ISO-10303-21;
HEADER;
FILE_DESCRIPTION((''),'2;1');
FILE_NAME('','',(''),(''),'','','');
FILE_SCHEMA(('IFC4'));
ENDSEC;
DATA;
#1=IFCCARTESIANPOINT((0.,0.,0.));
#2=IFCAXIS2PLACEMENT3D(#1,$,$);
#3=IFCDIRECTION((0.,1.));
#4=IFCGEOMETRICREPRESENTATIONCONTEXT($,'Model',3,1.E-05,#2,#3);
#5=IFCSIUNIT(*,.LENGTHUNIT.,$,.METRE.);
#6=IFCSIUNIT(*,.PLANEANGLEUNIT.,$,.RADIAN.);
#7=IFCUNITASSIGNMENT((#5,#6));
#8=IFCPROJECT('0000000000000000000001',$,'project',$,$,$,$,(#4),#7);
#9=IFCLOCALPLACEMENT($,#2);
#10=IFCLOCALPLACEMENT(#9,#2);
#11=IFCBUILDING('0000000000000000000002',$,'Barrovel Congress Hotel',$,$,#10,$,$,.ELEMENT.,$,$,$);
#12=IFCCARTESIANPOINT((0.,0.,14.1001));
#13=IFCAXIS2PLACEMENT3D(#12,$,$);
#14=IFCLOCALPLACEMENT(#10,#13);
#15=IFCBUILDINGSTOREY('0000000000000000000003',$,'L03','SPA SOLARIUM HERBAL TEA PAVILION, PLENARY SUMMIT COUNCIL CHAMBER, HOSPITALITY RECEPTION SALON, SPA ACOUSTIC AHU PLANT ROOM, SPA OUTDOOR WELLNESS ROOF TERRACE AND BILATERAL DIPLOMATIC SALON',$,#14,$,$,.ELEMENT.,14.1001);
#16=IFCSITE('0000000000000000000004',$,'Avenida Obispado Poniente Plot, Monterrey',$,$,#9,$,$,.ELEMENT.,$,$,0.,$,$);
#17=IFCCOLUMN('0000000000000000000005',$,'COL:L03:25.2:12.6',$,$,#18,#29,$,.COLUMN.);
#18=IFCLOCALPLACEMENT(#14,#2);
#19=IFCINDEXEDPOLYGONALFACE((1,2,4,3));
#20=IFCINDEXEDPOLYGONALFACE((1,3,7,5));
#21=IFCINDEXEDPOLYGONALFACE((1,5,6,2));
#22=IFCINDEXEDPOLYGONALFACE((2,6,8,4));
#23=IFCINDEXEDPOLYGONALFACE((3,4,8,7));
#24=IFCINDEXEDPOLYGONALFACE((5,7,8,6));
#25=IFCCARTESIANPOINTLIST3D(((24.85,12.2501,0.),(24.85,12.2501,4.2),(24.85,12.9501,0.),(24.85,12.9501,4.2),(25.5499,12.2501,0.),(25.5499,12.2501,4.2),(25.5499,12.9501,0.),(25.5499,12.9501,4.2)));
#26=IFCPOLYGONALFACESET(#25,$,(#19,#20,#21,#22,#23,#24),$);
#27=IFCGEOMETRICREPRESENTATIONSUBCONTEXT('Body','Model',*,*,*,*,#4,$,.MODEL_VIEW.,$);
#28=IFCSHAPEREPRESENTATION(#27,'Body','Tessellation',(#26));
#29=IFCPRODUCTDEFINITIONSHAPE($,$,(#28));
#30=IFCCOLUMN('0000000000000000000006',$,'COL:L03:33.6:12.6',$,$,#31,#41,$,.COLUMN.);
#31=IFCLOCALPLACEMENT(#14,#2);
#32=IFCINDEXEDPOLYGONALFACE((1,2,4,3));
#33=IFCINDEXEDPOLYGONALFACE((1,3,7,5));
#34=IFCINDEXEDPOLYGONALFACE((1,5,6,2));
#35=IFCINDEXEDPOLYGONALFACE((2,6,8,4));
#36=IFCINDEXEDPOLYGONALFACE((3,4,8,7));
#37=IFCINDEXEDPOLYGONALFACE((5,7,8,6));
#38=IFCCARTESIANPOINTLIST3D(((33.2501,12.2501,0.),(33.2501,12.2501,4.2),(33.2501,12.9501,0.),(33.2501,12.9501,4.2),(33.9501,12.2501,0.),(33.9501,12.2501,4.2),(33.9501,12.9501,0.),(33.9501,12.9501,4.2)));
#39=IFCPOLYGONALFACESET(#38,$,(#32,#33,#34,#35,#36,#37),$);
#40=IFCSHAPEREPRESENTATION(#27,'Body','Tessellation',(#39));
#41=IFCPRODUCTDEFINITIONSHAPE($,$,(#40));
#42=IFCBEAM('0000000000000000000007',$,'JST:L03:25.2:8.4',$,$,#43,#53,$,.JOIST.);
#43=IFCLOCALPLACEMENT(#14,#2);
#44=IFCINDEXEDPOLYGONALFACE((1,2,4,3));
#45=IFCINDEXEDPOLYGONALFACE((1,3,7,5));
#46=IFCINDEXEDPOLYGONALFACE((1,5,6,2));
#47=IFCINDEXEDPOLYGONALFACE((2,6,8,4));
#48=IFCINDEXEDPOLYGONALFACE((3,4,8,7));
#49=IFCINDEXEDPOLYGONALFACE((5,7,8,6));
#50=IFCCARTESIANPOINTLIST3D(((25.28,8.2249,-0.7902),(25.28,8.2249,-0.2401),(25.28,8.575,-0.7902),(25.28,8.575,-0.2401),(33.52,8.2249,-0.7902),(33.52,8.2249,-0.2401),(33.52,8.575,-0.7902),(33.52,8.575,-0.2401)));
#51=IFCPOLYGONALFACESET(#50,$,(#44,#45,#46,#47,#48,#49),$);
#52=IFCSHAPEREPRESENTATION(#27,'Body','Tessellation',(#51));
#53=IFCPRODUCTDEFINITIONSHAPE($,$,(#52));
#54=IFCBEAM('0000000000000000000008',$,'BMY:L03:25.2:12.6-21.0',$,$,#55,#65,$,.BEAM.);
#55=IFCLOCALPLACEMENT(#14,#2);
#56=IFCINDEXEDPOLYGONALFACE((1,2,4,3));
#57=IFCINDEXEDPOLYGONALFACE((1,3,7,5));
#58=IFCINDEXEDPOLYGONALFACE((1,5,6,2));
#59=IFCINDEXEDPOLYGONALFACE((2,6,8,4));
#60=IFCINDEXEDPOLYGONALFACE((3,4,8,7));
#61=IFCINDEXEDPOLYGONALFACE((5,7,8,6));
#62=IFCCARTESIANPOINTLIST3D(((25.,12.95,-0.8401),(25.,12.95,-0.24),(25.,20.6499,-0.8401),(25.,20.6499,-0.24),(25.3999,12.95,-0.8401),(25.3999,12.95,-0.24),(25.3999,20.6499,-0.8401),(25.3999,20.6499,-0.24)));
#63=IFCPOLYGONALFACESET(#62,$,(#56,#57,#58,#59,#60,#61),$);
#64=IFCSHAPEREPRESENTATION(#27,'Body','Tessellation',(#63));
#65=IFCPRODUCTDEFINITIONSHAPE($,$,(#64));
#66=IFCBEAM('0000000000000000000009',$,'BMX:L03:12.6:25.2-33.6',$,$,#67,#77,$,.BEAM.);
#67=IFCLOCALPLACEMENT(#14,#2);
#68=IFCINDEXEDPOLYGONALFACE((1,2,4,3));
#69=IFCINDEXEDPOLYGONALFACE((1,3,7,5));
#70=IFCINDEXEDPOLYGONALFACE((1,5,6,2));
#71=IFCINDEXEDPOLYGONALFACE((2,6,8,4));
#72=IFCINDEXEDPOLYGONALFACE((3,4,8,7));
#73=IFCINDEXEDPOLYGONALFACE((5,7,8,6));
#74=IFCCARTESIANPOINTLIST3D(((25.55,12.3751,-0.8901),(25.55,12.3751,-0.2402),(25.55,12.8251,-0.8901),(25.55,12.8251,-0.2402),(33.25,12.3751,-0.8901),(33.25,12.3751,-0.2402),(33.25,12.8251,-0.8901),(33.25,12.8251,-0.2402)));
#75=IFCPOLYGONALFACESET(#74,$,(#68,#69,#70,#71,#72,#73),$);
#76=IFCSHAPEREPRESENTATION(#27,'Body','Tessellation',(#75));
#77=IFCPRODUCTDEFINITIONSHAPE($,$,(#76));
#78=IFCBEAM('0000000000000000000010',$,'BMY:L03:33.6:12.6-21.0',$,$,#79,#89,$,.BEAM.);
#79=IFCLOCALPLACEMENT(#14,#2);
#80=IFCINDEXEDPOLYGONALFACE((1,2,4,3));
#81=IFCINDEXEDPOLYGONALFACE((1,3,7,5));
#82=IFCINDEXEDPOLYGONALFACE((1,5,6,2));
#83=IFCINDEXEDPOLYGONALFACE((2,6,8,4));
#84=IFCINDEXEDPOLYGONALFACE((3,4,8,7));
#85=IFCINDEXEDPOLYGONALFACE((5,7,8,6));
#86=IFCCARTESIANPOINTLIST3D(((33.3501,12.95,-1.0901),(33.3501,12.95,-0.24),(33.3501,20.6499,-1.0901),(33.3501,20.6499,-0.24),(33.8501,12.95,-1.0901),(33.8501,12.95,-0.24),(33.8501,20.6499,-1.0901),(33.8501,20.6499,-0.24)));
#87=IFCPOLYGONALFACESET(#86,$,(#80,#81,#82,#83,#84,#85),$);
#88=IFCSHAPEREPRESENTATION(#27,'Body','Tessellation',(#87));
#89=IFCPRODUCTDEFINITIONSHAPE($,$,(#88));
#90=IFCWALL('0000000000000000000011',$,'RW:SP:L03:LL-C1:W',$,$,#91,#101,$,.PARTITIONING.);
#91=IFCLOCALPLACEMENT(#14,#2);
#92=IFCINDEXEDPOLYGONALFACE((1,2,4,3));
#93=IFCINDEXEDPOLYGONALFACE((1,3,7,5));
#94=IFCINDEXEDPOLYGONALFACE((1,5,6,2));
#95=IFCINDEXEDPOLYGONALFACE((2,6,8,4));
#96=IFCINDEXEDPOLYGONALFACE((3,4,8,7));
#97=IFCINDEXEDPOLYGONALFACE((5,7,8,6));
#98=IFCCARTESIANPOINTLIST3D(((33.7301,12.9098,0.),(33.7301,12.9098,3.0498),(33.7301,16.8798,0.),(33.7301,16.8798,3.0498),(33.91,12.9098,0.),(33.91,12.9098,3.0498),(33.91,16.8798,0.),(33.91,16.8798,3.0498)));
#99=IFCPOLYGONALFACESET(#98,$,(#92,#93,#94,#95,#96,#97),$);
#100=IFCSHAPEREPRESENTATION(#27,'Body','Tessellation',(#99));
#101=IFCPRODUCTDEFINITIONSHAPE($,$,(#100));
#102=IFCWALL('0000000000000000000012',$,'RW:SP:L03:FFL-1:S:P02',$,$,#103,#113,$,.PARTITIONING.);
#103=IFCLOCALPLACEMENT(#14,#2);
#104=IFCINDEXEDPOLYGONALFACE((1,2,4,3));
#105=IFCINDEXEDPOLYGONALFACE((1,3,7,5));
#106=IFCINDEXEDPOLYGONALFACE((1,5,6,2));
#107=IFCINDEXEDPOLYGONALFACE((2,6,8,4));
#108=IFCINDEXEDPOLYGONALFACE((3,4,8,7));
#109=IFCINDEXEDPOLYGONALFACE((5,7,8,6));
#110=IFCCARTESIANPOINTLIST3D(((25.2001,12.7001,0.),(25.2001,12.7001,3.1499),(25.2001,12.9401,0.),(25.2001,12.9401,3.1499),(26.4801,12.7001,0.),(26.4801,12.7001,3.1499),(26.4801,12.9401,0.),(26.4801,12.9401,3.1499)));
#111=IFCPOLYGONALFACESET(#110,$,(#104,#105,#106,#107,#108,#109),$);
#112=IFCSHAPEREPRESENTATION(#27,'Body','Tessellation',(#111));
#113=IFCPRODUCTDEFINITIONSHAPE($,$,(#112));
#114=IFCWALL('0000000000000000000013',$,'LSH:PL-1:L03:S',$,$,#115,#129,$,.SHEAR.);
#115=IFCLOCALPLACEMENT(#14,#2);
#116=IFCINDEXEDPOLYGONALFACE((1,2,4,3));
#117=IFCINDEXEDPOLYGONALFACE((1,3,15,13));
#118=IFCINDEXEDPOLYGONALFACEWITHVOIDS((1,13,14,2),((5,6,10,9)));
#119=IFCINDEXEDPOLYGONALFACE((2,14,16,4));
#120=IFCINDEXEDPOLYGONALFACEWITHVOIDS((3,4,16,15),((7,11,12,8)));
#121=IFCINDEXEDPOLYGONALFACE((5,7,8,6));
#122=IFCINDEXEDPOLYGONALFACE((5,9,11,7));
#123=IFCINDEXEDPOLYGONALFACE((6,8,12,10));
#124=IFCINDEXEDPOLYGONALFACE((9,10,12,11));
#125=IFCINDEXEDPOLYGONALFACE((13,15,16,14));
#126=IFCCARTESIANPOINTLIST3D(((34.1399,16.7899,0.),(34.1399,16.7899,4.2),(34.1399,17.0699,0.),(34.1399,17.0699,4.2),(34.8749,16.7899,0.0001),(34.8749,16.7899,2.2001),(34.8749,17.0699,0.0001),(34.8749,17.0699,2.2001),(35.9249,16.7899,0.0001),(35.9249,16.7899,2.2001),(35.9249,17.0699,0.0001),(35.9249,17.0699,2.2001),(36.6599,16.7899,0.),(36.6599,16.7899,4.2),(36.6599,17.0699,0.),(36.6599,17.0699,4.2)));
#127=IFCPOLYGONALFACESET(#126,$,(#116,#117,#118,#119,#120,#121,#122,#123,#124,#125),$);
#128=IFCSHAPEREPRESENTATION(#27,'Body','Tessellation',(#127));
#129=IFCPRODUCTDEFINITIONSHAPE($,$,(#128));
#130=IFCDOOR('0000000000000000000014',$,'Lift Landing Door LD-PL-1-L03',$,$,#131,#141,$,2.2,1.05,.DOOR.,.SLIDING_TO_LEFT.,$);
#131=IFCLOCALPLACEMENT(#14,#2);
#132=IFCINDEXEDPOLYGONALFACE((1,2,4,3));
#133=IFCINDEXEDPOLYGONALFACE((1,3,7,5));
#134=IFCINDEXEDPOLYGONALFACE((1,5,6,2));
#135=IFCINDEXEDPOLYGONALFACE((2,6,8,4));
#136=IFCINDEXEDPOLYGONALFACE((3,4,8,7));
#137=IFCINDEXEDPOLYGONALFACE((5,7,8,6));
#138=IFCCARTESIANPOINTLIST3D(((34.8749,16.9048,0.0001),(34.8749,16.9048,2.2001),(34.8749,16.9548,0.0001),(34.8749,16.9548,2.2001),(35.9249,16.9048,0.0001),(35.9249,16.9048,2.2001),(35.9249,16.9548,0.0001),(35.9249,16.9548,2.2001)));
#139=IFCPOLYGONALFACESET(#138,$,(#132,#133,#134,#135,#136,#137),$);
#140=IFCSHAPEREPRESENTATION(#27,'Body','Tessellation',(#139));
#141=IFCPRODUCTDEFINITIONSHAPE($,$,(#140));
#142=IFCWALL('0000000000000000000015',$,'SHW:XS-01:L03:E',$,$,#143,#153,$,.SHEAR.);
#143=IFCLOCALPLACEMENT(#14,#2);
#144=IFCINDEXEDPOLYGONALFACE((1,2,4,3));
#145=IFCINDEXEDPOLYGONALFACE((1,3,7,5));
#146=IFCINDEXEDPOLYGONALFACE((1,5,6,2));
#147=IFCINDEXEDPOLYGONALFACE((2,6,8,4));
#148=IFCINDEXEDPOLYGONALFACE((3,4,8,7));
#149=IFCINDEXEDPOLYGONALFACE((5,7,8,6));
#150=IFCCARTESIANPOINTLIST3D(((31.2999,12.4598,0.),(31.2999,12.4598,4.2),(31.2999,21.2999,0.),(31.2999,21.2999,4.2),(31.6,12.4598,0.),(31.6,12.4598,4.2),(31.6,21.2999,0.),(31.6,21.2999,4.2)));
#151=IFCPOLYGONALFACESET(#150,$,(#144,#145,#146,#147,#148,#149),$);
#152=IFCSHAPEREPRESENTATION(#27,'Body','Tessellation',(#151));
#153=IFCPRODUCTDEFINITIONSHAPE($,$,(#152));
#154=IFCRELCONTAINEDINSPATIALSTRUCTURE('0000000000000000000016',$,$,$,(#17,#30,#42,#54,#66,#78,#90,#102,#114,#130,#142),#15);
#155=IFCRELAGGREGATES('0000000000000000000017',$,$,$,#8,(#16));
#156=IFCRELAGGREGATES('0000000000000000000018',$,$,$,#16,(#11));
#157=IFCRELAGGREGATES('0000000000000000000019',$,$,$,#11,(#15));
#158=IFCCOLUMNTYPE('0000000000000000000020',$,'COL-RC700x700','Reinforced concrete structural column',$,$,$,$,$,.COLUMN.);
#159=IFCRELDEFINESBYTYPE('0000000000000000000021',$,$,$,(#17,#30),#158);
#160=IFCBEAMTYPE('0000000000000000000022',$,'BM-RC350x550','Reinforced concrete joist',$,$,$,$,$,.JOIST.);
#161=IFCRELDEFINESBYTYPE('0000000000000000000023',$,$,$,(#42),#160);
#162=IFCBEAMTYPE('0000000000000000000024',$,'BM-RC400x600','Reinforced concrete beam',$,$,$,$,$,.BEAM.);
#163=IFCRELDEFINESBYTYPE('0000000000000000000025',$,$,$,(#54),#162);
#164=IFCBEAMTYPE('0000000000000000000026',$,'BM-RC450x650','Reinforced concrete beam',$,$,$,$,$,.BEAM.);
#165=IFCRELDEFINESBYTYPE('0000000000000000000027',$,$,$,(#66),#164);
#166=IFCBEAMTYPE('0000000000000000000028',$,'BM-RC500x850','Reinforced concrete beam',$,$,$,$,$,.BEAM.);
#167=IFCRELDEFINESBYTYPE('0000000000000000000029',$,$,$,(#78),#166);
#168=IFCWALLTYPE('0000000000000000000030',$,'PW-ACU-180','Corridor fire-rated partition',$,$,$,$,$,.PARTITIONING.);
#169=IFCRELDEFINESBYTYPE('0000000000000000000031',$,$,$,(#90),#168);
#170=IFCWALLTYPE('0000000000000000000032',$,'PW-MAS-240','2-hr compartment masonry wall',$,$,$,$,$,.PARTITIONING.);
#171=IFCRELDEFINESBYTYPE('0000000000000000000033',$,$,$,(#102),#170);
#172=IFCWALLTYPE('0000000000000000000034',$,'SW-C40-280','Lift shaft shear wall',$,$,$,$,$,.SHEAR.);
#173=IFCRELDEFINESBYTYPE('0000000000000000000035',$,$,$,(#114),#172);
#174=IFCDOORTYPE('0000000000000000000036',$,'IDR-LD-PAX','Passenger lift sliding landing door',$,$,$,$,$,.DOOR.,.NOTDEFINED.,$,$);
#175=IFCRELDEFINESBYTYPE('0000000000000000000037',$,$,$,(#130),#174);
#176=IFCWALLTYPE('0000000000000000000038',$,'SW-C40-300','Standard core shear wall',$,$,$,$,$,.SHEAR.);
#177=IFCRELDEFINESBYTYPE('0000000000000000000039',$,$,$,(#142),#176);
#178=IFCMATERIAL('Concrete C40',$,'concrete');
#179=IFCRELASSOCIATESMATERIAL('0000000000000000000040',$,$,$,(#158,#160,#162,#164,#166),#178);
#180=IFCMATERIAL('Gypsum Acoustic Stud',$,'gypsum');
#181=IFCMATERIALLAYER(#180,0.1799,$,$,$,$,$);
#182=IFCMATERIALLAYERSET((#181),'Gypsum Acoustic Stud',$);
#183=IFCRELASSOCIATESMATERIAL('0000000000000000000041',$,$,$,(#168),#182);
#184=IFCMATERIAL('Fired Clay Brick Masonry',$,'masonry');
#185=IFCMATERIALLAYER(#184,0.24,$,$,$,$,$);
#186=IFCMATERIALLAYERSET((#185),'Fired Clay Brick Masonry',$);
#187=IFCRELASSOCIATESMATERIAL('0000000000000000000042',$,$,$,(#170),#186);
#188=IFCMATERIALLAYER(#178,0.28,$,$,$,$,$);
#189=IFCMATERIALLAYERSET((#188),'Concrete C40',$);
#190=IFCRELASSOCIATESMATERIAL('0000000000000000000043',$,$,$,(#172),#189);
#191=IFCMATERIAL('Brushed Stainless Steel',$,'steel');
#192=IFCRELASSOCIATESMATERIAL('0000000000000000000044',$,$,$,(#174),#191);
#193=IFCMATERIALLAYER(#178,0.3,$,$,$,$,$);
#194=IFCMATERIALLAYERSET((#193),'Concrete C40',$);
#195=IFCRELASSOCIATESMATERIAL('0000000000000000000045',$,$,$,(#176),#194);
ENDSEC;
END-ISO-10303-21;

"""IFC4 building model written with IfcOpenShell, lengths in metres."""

from ifc_helpers import new_model, si_unit, direction, frame, frame_2d, origin, origin_2d, place, context, subcontext, project, spatial, rectangle, extrude, material, layer, layer_set, material_profile, profile_set, type_object, element, fill, save


model = new_model("IFC4")

# Units and contexts
model_context = context("Model", 3, precision=1e-05, world=origin(), true_north=direction((0.0, 1.0)))
body_context = subcontext(model_context, "Body", "Model", "MODEL_VIEW")
ifc_project = project(units=[si_unit("LENGTHUNIT", "METRE"), si_unit("PLANEANGLEUNIT", "RADIAN")], contexts=[model_context])

# Site, building, storey
site_placement = place(None, origin())
site = spatial("IfcSite", under=ifc_project, at=site_placement, Name="Avenida Obispado Poniente Plot, Monterrey", CompositionType="ELEMENT", RefElevation=0.0)
building_placement = place(site_placement, origin())
building = spatial("IfcBuilding", under=site, at=building_placement, Name="Barrovel Congress Hotel", CompositionType="ELEMENT")
storey_placement = place(building_placement, frame((0.0, 0.0, 14.1001)))
storey = spatial("IfcBuildingStorey", under=building, at=storey_placement, Name="L03", Description="SPA SOLARIUM HERBAL TEA PAVILION, PLENARY SUMMIT COUNCIL CHAMBER, HOSPITALITY RECEPTION SALON, SPA ACOUSTIC AHU PLANT ROOM, SPA OUTDOOR WELLNESS ROOF TERRACE AND BILATERAL DIPLOMATIC SALON", CompositionType="ELEMENT", Elevation=14.1001)

# Columns
ifc_material_1 = material(Name="Concrete C40", Category="concrete")
ifc_material_profile_1 = material_profile(ifc_material_1, rectangle(XDim=0.7, YDim=0.7, at=origin_2d()), Name="RC700x700")
ifc_profile_set_1 = profile_set([ifc_material_profile_1], Name="Concrete C40")
column_type = type_object("IfcColumnType", Name="COL-RC700x700", Description="Reinforced concrete structural column", PredefinedType="COLUMN", material=ifc_profile_set_1)
for number, where, z_axis, x_axis, name in (
    (1, (25.2, 12.6001, 0.0), (0.0, 0.0, 1.0), (1.0, 0.0, 0.0), "COL:L03:25.2:12.6"),
    (2, (33.6001, 12.6001, 0.0), (0.0, 0.0, 1.0), (1.0, 0.0, 0.0), "COL:L03:33.6:12.6"),
):
    element("IfcColumn", number, at=place(storey_placement, frame(where, z_axis=z_axis, x_axis=x_axis)), inside=storey, type_object=column_type, Name=name, PredefinedType="COLUMN", context=body_context, shape_type="SweptSolid", body=[
        extrude(rectangle(XDim=0.7, YDim=0.7, at=origin_2d()), origin(), (0.0, 0.0, 1.0), 4.2),
    ])

# Beams
ifc_material_profile_2 = material_profile(ifc_material_1, rectangle(XDim=0.3501, YDim=0.55, at=origin_2d()), Name="RC350x550")
ifc_profile_set_2 = profile_set([ifc_material_profile_2], Name="Concrete C40")
beam_type_1 = type_object("IfcBeamType", Name="BM-RC350x550", Description="Reinforced concrete joist", PredefinedType="JOIST", material=ifc_profile_set_2)
beam_1_placement = place(storey_placement, frame((25.28, 8.3999, -0.5151), z_axis=(1.0, 0.0, 0.0), x_axis=(0.0, 1.0, 0.0)))
element("IfcBeam", 3, at=beam_1_placement, inside=storey, type_object=beam_type_1, Name="JST:L03:25.2:8.4", PredefinedType="JOIST", context=body_context, shape_type="SweptSolid", body=[
    extrude(rectangle(XDim=0.3501, YDim=0.55, at=origin_2d()), origin(), (0.0, 0.0, 1.0), 8.24),
])
ifc_material_profile_3 = material_profile(ifc_material_1, rectangle(XDim=0.3999, YDim=0.6001, at=origin_2d()), Name="RC400x600")
ifc_profile_set_3 = profile_set([ifc_material_profile_3], Name="Concrete C40")
beam_type_2 = type_object("IfcBeamType", Name="BM-RC400x600", Description="Reinforced concrete beam", PredefinedType="BEAM", material=ifc_profile_set_3)
beam_2_placement = place(storey_placement, frame((25.2, 12.95, -0.54), z_axis=(0.0, 1.0, 0.0), x_axis=(-1.0, 0.0, 0.0)))
element("IfcBeam", 4, at=beam_2_placement, inside=storey, type_object=beam_type_2, Name="BMY:L03:25.2:12.6-21.0", PredefinedType="BEAM", context=body_context, shape_type="SweptSolid", body=[
    extrude(rectangle(XDim=0.3999, YDim=0.6001, at=origin_2d()), origin(), (0.0, 0.0, 1.0), 7.7),
])
ifc_material_profile_4 = material_profile(ifc_material_1, rectangle(XDim=0.45, YDim=0.6499, at=origin_2d()), Name="RC450x650")
ifc_profile_set_4 = profile_set([ifc_material_profile_4], Name="Concrete C40")
beam_type_3 = type_object("IfcBeamType", Name="BM-RC450x650", Description="Reinforced concrete beam", PredefinedType="BEAM", material=ifc_profile_set_4)
beam_3_placement = place(storey_placement, frame((25.55, 12.6001, -0.5652), z_axis=(1.0, 0.0, 0.0), x_axis=(0.0, 1.0, 0.0)))
element("IfcBeam", 5, at=beam_3_placement, inside=storey, type_object=beam_type_3, Name="BMX:L03:12.6:25.2-33.6", PredefinedType="BEAM", context=body_context, shape_type="SweptSolid", body=[
    extrude(rectangle(XDim=0.45, YDim=0.6499, at=origin_2d()), origin(), (0.0, 0.0, 1.0), 7.7),
])
ifc_material_profile_5 = material_profile(ifc_material_1, rectangle(XDim=0.5, YDim=0.8501, at=origin_2d()), Name="RC500x850")
ifc_profile_set_5 = profile_set([ifc_material_profile_5], Name="Concrete C40")
beam_type_4 = type_object("IfcBeamType", Name="BM-RC500x850", Description="Reinforced concrete beam", PredefinedType="BEAM", material=ifc_profile_set_5)
beam_4_placement = place(storey_placement, frame((33.6001, 12.95, -0.665), z_axis=(0.0, 1.0, 0.0), x_axis=(-1.0, 0.0, 0.0)))
element("IfcBeam", 6, at=beam_4_placement, inside=storey, type_object=beam_type_4, Name="BMY:L03:33.6:12.6-21.0", PredefinedType="BEAM", context=body_context, shape_type="SweptSolid", body=[
    extrude(rectangle(XDim=0.5, YDim=0.8501, at=origin_2d()), origin(), (0.0, 0.0, 1.0), 7.7),
])

# Shared definitions
ifc_material_2 = material(Name="Gypsum Acoustic Stud", Category="gypsum")
ifc_layer_1 = layer(ifc_material_2, 0.1799)
ifc_layer_set_1 = layer_set([ifc_layer_1], Name="Gypsum Acoustic Stud")
wall_type_1 = type_object("IfcWallType", Name="PW-ACU-180", Description="Corridor fire-rated partition", PredefinedType="PARTITIONING", material=ifc_layer_set_1)

# Walls
wall_1_placement = place(storey_placement, frame((33.8201, 12.9099, 0.0), z_axis=(0.0, 0.0, 1.0), x_axis=(0.0, 1.0, 0.0)))
element("IfcWall", 7, at=wall_1_placement, inside=storey, type_object=wall_type_1, Name="RW:SP:L03:LL-C1:W", PredefinedType="PARTITIONING", context=body_context, shape_type="SweptSolid", body=[
    extrude(rectangle(XDim=3.97, YDim=0.1799, at=frame_2d((1.9849, 0.0))), origin(), (0.0, 0.0, 1.0), 3.0498),
])
ifc_material_3 = material(Name="Fired Clay Brick Masonry", Category="masonry")
ifc_layer_2 = layer(ifc_material_3, 0.24)
ifc_layer_set_2 = layer_set([ifc_layer_2], Name="Fired Clay Brick Masonry")
wall_type_2 = type_object("IfcWallType", Name="PW-MAS-240", Description="2-hr compartment masonry wall", PredefinedType="PARTITIONING", material=ifc_layer_set_2)
wall_2_placement = place(storey_placement, frame((25.2, 12.8201, 0.0), z_axis=(0.0, 0.0, 1.0), x_axis=(1.0, 0.0, 0.0)))
element("IfcWall", 8, at=wall_2_placement, inside=storey, type_object=wall_type_2, Name="RW:SP:L03:FFL-1:S:P02", PredefinedType="PARTITIONING", context=body_context, shape_type="SweptSolid", body=[
    extrude(rectangle(XDim=1.28, YDim=0.24, at=frame_2d((0.6401, 0.0))), origin(), (0.0, 0.0, 1.0), 3.1499),
])

# Wall, opening, door
ifc_layer_3 = layer(ifc_material_1, 0.28)
ifc_layer_set_3 = layer_set([ifc_layer_3], Name="Concrete C40")
wall_type_3 = type_object("IfcWallType", Name="SW-C40-280", Description="Lift shaft shear wall", PredefinedType="SHEAR", material=ifc_layer_set_3)
wall_3_placement = place(storey_placement, frame((34.1399, 16.9299, 0.0), z_axis=(0.0, 0.0, 1.0), x_axis=(1.0, 0.0, 0.0)))
wall_3 = element("IfcWall", 9, at=wall_3_placement, inside=storey, type_object=wall_type_3, Name="LSH:PL-1:L03:S", PredefinedType="SHEAR", context=body_context, shape_type="SweptSolid", body=[
    extrude(rectangle(XDim=2.52, YDim=0.28, at=frame_2d((1.26, 0.0))), origin(), (0.0, 0.0, 1.0), 4.2),
])
opening_1_placement = place(wall_3_placement, frame((0.7351, 0.0, 0.0)))
opening_1 = element("IfcOpeningElement", 10, at=opening_1_placement, cuts=wall_3, PredefinedType="OPENING", context=body_context, shape_type="SweptSolid", body=[
    extrude(rectangle(XDim=1.05, YDim=2.2, at=frame_2d((0.5249, 1.1001))), frame((0.0, 0.1499, 0.0), z_axis=(0.0, -1.0, 0.0), x_axis=(1.0, 0.0, 0.0)), (0.0, 0.0, 1.0), 0.3),
])
ifc_material_4 = material(Name="Brushed Stainless Steel", Category="steel")
door_type_1 = type_object("IfcDoorType", Name="IDR-LD-PAX", Description="Passenger lift sliding landing door", OperationType="NOTDEFINED", PredefinedType="DOOR", material=ifc_material_4)
door_1_placement = place(opening_1_placement, origin())
door_1 = element("IfcDoor", 11, at=door_1_placement, inside=storey, type_object=door_type_1, Name="Lift Landing Door LD-PL-1-L03", OperationType="SLIDING_TO_LEFT", OverallHeight=2.2, OverallWidth=1.05, PredefinedType="DOOR", context=body_context, shape_type="SweptSolid", body=[
    extrude(rectangle(XDim=1.05, YDim=2.2, at=frame_2d((0.5249, 1.1001))), frame((0.0, 0.0249, 0.0), z_axis=(0.0, -1.0, 0.0), x_axis=(1.0, 0.0, 0.0)), (0.0, 0.0, 1.0), 0.05),
])
fill(opening_1, door_1)
ifc_layer_4 = layer(ifc_material_1, 0.3)
ifc_layer_set_4 = layer_set([ifc_layer_4], Name="Concrete C40")
wall_type_4 = type_object("IfcWallType", Name="SW-C40-300", Description="Standard core shear wall", PredefinedType="SHEAR", material=ifc_layer_set_4)

# Wall
wall_4_placement = place(storey_placement, frame((31.45, 12.46, 0.0), z_axis=(0.0, 0.0, 1.0), x_axis=(0.0, 1.0, 0.0)))
element("IfcWall", 12, at=wall_4_placement, inside=storey, type_object=wall_type_4, Name="SHW:XS-01:L03:E", PredefinedType="SHEAR", context=body_context, shape_type="SweptSolid", body=[
    extrude(rectangle(XDim=8.8401, YDim=0.3, at=frame_2d((4.4199, 0.0))), origin(), (0.0, 0.0, 1.0), 4.2),
])

save(model, "model.ifc")
